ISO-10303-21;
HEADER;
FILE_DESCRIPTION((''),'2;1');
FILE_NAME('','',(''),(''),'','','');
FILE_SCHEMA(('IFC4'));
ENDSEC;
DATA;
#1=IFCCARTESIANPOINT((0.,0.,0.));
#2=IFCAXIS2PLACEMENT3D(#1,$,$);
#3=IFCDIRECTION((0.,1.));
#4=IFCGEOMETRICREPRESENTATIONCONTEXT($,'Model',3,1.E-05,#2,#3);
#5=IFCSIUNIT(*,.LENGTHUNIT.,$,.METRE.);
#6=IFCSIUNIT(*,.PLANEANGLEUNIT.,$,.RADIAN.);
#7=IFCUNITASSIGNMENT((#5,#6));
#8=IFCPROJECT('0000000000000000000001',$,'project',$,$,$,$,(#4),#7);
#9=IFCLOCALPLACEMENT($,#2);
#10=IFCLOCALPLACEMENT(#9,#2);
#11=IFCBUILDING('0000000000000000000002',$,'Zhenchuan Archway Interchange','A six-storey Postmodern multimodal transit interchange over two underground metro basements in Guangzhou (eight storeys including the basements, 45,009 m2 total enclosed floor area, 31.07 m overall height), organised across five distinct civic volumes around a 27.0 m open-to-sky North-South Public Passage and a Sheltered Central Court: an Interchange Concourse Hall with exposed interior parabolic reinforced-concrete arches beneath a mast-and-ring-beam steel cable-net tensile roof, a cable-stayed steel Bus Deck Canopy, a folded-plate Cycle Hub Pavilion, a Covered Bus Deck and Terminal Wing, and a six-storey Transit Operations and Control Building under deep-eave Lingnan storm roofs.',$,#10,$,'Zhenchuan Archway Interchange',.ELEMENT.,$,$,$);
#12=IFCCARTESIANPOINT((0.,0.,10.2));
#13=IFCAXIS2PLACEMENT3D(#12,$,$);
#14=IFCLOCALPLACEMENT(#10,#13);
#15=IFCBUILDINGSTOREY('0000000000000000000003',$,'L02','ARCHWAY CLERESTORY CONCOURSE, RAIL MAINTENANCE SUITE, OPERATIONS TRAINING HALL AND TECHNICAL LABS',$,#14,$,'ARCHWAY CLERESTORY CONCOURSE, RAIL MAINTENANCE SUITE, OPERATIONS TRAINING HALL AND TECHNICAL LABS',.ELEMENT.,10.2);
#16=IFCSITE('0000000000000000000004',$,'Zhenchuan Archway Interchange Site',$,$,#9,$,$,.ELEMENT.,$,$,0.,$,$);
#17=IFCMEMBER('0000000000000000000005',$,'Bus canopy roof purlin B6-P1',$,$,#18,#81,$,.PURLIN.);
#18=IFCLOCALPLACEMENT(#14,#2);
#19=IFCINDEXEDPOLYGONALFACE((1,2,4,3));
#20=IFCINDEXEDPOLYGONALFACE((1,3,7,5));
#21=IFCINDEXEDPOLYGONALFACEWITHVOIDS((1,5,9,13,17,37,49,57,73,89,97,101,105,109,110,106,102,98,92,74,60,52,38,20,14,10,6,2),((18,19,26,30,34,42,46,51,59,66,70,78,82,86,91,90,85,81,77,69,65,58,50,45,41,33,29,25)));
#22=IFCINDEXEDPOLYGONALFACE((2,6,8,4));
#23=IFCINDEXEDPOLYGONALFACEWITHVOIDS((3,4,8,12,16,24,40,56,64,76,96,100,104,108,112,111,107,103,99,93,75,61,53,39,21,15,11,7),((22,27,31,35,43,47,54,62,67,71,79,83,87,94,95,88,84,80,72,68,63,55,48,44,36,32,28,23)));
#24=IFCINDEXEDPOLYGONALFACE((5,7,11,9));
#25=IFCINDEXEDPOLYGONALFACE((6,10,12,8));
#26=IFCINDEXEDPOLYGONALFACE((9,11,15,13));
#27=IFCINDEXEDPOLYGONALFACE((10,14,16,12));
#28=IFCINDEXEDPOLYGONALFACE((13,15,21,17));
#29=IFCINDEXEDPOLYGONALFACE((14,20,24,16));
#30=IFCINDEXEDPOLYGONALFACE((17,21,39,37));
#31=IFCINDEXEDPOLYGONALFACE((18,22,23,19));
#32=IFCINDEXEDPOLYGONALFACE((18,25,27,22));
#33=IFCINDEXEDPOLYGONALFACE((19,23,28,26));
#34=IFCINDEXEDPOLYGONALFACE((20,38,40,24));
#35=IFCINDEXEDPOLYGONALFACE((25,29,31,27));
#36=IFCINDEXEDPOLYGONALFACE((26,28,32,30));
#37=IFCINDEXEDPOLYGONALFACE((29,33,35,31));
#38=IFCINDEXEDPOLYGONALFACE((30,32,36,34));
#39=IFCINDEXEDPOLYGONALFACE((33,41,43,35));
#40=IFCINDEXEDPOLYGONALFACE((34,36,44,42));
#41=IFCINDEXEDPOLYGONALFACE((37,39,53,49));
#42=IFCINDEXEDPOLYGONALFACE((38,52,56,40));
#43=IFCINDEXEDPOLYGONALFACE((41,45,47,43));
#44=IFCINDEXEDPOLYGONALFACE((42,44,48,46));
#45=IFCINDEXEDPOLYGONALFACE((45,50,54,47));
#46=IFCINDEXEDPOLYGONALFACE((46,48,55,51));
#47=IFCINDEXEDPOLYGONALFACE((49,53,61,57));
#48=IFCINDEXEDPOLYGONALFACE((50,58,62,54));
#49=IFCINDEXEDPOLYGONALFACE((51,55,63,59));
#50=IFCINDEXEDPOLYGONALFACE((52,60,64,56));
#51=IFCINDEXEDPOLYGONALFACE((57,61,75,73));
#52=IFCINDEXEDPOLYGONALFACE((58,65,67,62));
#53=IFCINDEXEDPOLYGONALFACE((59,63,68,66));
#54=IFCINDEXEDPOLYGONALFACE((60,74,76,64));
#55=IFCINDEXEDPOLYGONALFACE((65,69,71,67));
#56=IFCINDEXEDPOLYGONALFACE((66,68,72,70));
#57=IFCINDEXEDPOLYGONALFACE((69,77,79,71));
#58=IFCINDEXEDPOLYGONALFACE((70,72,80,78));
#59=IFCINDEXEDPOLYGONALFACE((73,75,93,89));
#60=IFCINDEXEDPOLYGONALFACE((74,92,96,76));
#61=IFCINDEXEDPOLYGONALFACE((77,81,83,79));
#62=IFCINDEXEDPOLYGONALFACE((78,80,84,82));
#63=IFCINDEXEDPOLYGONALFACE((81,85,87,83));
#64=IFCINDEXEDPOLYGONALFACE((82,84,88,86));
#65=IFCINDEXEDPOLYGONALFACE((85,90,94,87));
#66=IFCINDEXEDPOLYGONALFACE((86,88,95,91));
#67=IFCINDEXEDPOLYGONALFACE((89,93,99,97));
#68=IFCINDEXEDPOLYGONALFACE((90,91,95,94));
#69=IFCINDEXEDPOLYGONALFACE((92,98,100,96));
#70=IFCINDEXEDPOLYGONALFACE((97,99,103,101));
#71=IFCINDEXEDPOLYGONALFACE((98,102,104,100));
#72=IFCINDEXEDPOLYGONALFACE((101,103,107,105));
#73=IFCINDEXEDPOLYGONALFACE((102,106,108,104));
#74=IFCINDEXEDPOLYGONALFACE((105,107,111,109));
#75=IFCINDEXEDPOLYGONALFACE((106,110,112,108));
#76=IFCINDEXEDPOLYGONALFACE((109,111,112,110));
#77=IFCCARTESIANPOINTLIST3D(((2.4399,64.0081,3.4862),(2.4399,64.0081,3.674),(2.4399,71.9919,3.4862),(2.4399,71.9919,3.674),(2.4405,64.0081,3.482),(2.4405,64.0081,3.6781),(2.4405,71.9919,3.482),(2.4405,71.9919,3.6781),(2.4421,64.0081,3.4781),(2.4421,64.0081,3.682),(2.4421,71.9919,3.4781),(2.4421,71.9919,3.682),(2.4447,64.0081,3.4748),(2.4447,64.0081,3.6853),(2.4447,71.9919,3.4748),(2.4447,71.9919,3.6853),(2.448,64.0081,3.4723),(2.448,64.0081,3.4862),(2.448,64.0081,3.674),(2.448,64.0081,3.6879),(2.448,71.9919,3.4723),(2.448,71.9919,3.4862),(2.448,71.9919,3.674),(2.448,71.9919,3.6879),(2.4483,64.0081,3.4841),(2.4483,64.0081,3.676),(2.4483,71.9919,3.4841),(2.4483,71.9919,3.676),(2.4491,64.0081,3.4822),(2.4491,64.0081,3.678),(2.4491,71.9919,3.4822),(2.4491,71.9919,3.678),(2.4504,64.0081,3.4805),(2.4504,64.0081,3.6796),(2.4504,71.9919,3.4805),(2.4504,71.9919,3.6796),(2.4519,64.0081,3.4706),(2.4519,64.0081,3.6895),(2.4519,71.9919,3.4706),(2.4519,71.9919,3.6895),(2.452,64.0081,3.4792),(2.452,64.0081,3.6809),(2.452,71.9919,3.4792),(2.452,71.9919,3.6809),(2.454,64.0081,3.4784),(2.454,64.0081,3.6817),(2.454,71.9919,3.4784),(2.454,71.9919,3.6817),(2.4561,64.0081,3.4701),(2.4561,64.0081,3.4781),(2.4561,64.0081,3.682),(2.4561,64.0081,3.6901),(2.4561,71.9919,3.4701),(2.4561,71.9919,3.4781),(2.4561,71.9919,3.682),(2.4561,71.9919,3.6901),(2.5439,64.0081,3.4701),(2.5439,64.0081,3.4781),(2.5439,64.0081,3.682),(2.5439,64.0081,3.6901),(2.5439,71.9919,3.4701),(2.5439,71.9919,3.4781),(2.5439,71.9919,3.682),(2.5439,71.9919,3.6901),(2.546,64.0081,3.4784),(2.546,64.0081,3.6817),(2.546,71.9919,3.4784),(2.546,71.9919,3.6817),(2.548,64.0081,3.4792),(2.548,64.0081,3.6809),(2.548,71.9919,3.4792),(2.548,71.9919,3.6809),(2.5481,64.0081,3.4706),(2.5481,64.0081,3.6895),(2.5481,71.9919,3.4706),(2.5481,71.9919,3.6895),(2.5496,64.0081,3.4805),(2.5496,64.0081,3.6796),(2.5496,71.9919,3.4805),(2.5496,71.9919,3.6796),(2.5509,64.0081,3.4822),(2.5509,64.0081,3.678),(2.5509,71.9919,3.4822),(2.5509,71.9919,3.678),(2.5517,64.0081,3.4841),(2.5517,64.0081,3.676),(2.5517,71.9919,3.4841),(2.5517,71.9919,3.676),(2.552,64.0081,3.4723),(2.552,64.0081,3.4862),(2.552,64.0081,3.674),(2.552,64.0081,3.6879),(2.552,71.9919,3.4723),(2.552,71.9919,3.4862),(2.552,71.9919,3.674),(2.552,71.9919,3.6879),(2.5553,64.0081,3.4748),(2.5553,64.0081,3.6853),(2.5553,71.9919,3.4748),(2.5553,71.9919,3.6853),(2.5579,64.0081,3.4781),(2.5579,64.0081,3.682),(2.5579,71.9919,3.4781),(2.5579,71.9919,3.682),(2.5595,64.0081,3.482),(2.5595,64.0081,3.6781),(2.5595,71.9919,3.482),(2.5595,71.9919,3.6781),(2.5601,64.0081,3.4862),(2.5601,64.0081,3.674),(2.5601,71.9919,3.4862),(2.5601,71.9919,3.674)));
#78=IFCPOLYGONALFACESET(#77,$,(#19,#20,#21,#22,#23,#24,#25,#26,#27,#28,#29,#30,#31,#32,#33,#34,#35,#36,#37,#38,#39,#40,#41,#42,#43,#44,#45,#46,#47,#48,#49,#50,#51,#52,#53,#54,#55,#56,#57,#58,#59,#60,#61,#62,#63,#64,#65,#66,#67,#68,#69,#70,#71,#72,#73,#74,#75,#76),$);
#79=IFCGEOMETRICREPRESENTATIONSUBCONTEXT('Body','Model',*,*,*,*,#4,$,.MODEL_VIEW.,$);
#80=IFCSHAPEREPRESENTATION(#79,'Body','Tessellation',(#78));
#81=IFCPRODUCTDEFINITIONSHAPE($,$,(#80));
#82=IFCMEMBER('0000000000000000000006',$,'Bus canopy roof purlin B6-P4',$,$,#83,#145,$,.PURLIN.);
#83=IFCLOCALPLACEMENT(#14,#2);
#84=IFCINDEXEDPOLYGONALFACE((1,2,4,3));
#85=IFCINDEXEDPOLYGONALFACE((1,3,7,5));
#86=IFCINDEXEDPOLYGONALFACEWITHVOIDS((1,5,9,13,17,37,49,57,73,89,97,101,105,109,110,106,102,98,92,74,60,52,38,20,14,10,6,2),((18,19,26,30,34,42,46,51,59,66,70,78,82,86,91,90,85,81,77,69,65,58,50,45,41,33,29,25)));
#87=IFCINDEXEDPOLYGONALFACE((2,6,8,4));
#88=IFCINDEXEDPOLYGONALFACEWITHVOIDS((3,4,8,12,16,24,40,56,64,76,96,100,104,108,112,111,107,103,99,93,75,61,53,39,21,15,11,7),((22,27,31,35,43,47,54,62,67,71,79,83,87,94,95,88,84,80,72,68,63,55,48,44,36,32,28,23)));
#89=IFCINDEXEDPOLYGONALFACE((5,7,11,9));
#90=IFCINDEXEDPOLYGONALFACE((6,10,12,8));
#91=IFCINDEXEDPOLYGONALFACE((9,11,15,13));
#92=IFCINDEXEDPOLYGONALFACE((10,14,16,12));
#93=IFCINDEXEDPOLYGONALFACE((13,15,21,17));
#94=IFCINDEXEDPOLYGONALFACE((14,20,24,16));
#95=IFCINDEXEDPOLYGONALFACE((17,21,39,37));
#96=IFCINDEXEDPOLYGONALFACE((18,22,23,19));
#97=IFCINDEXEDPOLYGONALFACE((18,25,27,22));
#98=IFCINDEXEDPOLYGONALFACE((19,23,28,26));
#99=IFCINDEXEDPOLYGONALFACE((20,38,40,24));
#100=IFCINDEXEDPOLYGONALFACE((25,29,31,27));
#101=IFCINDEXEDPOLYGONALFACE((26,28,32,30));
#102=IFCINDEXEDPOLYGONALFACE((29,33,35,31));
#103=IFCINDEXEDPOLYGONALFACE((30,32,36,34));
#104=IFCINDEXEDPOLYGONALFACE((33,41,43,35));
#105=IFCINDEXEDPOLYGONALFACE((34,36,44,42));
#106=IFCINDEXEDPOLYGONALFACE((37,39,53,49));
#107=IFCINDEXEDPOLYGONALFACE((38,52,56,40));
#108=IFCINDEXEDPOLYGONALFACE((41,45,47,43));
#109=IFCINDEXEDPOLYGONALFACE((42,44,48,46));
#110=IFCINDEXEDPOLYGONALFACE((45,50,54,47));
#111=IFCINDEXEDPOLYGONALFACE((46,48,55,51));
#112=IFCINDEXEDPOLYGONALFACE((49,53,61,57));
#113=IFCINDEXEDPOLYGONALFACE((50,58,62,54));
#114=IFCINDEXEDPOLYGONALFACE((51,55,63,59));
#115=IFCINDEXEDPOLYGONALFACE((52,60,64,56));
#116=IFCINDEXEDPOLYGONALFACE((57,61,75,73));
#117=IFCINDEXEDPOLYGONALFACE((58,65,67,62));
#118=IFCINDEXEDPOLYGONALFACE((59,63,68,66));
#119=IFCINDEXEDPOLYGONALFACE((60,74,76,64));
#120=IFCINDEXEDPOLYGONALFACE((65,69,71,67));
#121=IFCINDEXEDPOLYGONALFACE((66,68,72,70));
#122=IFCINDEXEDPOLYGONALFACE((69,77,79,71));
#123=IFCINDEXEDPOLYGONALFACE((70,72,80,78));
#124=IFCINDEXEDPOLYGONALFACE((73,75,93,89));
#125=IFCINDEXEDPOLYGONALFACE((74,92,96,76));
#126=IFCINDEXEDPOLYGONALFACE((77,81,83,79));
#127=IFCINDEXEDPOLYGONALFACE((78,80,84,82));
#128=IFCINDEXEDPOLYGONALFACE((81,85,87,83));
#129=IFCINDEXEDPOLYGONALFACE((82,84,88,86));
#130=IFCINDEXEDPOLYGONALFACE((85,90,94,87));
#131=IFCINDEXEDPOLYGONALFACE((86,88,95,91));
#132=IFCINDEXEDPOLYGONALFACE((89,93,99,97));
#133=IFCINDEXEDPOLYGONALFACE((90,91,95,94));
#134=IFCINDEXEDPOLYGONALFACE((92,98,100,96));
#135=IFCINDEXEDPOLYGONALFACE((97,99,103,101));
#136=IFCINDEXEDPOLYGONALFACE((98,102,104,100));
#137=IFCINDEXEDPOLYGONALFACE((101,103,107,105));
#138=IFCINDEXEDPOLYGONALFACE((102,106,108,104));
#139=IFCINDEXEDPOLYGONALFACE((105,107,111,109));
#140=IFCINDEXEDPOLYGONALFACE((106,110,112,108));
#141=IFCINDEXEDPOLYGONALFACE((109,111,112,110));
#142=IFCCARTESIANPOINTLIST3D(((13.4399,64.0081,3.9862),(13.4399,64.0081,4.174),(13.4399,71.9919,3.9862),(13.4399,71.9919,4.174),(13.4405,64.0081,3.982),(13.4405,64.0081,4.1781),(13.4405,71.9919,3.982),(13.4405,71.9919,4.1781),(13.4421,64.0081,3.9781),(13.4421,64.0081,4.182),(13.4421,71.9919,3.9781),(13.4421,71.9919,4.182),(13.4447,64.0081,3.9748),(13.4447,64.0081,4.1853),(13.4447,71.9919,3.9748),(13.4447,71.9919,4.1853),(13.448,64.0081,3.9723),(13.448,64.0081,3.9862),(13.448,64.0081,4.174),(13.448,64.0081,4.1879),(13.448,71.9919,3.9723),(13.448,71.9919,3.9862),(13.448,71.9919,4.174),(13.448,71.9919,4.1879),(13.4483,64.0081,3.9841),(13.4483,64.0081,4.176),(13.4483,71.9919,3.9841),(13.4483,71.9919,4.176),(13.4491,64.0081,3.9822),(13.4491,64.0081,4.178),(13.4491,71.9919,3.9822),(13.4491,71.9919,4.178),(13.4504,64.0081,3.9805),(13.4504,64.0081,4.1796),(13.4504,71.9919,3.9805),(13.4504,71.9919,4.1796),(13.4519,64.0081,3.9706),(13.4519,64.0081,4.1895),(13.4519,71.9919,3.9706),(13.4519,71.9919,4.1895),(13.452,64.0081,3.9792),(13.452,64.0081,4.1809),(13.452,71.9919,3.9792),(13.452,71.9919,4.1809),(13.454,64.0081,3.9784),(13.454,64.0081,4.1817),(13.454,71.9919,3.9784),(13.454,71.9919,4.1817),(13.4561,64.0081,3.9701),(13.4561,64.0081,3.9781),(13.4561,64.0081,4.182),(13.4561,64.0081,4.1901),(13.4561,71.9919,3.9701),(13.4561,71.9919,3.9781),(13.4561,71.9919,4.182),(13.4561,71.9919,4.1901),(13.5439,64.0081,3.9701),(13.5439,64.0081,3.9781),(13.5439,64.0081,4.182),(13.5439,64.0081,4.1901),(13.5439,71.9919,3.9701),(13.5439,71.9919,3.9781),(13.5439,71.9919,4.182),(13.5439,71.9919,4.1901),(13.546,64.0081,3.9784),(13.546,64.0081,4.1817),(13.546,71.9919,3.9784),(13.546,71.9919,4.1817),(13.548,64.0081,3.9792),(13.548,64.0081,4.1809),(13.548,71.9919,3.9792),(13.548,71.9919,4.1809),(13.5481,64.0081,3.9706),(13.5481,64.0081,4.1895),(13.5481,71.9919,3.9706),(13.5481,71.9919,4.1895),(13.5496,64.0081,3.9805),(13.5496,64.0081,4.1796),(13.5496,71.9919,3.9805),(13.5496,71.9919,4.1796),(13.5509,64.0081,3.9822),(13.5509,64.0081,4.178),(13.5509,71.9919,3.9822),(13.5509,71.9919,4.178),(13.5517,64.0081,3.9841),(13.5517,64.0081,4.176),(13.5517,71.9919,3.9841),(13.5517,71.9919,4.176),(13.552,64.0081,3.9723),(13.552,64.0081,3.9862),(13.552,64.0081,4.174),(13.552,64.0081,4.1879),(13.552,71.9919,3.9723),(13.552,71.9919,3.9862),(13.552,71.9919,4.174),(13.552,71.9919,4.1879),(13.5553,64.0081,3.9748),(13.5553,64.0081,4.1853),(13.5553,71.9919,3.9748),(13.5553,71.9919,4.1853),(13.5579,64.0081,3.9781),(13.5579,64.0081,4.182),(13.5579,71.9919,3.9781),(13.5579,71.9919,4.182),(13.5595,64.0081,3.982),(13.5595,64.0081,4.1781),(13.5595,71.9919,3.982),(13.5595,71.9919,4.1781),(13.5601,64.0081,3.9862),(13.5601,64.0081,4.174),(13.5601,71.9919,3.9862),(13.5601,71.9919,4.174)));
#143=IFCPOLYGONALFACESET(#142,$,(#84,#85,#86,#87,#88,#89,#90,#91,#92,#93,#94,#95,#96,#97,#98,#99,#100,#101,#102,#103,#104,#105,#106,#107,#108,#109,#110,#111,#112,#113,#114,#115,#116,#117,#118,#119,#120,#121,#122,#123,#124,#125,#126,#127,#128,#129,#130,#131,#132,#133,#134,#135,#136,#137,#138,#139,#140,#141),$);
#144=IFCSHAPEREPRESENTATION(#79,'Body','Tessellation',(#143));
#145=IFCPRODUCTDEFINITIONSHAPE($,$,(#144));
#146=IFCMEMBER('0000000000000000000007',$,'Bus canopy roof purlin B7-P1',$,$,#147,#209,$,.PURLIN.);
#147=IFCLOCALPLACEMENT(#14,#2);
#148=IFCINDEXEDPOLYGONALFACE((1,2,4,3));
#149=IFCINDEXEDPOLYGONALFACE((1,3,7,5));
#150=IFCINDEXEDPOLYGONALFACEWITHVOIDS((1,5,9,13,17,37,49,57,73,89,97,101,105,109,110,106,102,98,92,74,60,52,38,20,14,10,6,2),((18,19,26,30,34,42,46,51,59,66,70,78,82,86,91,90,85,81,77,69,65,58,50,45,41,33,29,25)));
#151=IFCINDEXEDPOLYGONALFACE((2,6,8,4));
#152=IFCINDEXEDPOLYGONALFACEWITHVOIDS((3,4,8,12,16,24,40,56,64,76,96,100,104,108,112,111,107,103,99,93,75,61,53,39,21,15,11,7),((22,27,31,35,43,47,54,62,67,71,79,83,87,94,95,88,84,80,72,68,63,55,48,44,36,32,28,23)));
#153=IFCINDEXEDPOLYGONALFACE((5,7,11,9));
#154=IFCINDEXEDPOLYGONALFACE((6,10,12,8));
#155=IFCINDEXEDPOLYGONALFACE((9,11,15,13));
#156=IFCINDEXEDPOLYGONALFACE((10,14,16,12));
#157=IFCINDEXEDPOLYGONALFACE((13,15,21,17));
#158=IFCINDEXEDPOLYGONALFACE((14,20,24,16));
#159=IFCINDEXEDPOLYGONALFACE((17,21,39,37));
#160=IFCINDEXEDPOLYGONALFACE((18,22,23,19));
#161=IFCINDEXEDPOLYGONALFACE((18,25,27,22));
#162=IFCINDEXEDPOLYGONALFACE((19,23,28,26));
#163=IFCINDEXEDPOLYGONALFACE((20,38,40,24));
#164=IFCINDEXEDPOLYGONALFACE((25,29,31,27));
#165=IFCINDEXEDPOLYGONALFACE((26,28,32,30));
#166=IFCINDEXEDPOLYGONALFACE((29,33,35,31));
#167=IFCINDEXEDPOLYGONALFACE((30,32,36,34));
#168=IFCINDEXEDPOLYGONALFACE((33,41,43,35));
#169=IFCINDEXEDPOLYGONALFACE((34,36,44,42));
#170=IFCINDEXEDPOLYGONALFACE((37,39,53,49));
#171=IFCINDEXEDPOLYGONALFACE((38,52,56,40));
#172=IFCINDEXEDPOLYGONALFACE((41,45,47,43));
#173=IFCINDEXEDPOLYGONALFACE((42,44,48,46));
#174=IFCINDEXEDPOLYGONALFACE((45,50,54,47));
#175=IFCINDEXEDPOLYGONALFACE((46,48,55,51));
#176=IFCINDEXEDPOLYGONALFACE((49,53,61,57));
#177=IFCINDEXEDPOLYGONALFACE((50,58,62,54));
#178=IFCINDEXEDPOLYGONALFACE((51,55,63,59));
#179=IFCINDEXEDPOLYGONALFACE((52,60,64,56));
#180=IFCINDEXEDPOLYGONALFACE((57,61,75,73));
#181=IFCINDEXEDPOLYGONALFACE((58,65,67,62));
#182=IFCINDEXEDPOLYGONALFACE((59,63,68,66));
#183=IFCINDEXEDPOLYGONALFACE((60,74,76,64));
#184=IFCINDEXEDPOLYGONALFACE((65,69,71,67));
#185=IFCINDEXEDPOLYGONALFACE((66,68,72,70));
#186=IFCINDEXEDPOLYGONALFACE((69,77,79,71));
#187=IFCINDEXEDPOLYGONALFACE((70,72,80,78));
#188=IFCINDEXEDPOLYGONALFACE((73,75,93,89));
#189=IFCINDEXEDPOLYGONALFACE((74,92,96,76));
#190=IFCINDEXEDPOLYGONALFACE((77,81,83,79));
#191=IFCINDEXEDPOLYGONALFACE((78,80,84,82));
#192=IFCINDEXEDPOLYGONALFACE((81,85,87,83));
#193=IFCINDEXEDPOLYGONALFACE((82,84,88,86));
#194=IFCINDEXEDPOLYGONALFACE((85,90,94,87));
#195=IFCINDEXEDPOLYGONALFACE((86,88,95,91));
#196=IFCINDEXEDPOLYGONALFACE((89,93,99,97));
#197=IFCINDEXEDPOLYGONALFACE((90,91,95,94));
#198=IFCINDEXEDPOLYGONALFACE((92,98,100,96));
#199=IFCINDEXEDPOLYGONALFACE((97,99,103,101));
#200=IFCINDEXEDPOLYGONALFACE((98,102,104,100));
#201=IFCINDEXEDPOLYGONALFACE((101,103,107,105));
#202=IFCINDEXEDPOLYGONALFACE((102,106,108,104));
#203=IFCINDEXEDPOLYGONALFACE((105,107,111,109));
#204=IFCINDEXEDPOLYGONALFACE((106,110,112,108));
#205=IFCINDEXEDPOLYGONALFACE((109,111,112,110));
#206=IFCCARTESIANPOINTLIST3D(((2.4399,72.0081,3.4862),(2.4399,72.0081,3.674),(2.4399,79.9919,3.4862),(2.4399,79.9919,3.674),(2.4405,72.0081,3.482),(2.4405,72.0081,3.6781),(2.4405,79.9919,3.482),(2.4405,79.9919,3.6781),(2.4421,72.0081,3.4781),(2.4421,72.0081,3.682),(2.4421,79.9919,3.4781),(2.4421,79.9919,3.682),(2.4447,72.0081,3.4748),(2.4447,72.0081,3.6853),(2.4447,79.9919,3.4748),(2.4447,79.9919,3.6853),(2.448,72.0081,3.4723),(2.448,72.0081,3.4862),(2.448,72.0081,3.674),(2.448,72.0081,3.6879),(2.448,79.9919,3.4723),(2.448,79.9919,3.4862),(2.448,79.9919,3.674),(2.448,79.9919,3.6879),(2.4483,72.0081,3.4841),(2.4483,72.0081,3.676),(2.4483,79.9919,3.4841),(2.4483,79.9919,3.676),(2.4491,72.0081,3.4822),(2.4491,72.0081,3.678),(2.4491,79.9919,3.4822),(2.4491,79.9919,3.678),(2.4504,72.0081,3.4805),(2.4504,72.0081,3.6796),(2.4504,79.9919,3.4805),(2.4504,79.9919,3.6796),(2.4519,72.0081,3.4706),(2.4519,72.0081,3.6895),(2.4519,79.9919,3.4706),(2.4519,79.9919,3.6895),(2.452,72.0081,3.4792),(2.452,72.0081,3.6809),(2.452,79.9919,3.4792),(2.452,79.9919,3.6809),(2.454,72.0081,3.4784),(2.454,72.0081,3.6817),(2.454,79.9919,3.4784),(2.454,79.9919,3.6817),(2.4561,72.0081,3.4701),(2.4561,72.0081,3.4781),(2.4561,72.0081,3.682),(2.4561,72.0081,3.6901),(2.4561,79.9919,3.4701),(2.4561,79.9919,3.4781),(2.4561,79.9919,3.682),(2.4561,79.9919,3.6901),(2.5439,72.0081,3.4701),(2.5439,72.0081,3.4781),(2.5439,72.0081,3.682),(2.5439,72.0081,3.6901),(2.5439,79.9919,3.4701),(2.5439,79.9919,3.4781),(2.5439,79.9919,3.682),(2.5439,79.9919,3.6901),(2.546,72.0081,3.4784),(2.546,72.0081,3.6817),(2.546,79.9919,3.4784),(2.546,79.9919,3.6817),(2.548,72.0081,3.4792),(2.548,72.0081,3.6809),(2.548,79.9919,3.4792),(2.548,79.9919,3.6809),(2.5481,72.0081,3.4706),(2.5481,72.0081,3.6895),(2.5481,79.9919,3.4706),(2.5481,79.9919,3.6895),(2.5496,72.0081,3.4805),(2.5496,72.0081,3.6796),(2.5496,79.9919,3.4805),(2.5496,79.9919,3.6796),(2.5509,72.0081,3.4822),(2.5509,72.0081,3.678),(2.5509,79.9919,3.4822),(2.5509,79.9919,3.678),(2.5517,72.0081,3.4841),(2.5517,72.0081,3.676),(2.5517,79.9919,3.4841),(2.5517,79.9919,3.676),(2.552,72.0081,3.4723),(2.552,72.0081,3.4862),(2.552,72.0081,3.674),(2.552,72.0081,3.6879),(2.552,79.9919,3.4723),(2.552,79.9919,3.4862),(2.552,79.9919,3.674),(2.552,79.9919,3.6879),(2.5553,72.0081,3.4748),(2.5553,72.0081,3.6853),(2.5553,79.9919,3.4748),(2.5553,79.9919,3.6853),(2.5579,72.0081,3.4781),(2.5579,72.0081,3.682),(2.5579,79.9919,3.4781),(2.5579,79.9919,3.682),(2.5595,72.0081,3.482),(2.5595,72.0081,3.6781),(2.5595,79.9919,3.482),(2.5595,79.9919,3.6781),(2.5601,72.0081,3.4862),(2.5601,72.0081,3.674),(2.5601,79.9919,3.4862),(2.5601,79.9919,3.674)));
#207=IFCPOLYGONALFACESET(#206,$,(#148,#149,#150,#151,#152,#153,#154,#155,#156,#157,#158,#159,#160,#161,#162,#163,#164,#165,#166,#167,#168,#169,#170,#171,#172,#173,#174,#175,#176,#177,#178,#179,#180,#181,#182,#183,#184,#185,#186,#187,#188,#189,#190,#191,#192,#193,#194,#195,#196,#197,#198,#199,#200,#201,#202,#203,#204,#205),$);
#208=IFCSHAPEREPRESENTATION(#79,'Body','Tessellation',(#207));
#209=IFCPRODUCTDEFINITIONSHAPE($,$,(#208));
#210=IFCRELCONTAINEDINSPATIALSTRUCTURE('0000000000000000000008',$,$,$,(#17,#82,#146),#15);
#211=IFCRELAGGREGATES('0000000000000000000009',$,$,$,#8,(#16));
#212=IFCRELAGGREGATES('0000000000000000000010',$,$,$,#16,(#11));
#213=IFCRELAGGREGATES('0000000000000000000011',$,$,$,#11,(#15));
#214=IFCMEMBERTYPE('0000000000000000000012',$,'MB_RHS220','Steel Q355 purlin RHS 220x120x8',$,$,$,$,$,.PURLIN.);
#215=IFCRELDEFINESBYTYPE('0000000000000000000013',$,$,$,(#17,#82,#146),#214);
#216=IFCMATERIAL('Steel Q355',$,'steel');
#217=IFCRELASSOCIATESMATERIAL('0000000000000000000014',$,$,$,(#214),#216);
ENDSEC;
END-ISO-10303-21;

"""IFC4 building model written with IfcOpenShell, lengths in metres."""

from ifc_helpers import new_model, si_unit, direction, frame, origin, origin_2d, place, context, subcontext, project, spatial, hollow_rectangle, extrude, material, material_profile, profile_set, type_object, element, save


model = new_model("IFC4")

# Units and contexts
model_context = context("Model", 3, precision=1e-05, world=origin(), true_north=direction((0.0, 1.0)))
body_context = subcontext(model_context, "Body", "Model", "MODEL_VIEW")
ifc_project = project(units=[si_unit("LENGTHUNIT", "METRE"), si_unit("PLANEANGLEUNIT", "RADIAN")], contexts=[model_context])

# Site, building, storey
site_placement = place(None, origin())
site = spatial("IfcSite", under=ifc_project, at=site_placement, Name="Zhenchuan Archway Interchange Site", CompositionType="ELEMENT", RefElevation=0.0)
building_placement = place(site_placement, origin())
building = spatial("IfcBuilding", under=site, at=building_placement, Name="Zhenchuan Archway Interchange", Description="A six-storey Postmodern multimodal transit interchange over two underground metro basements in Guangzhou (eight storeys including the basements, 45,009 m2 total enclosed floor area, 31.07 m overall height), organised across five distinct civic volumes around a 27.0 m open-to-sky North-South Public Passage and a Sheltered Central Court: an Interchange Concourse Hall with exposed interior parabolic reinforced-concrete arches beneath a mast-and-ring-beam steel cable-net tensile roof, a cable-stayed steel Bus Deck Canopy, a folded-plate Cycle Hub Pavilion, a Covered Bus Deck and Terminal Wing, and a six-storey Transit Operations and Control Building under deep-eave Lingnan storm roofs.", LongName="Zhenchuan Archway Interchange", CompositionType="ELEMENT")
storey_placement = place(building_placement, frame((0.0, 0.0, 10.2)))
storey = spatial("IfcBuildingStorey", under=building, at=storey_placement, Name="L02", Description="ARCHWAY CLERESTORY CONCOURSE, RAIL MAINTENANCE SUITE, OPERATIONS TRAINING HALL AND TECHNICAL LABS", LongName="ARCHWAY CLERESTORY CONCOURSE, RAIL MAINTENANCE SUITE, OPERATIONS TRAINING HALL AND TECHNICAL LABS", CompositionType="ELEMENT", Elevation=10.2)

# Shared definitions
ifc_material_1 = material(Name="Steel Q355", Category="steel")

# Members
ifc_material_profile_1 = material_profile(ifc_material_1, hollow_rectangle(XDim=0.1201, YDim=0.22, WallThickness=0.0081, InnerFilletRadius=0.0081, OuterFilletRadius=0.0161, at=origin_2d()), Name="RHS 220x120x8")
ifc_profile_set_1 = profile_set([ifc_material_profile_1], Name="Steel Q355")
member_type_1 = type_object("IfcMemberType", Name="MB_RHS220", Description="Steel Q355 purlin RHS 220x120x8", PredefinedType="PURLIN", material=ifc_profile_set_1)
for number, where, z_axis, x_axis, name in (
    (1, (2.5, 64.0081, 3.5801), (0.0, 1.0, 0.0), (-1.0, 0.0, 0.0), "Bus canopy roof purlin B6-P1"),
    (2, (13.5, 64.0081, 4.0801), (0.0, 1.0, 0.0), (-1.0, 0.0, 0.0), "Bus canopy roof purlin B6-P4"),
    (3, (2.5, 72.0081, 3.5801), (0.0, 1.0, 0.0), (-1.0, 0.0, 0.0), "Bus canopy roof purlin B7-P1"),
):
    element("IfcMember", number, at=place(storey_placement, frame(where, z_axis=z_axis, x_axis=x_axis)), inside=storey, type_object=member_type_1, Name=name, PredefinedType="PURLIN", context=body_context, shape_type="SweptSolid", body=[
        extrude(hollow_rectangle(XDim=0.1201, YDim=0.22, WallThickness=0.0081, InnerFilletRadius=0.0081, OuterFilletRadius=0.0161, at=origin_2d()), origin(), (0.0, 0.0, 1.0), 7.9839),
    ])

save(model, "model.ifc")
